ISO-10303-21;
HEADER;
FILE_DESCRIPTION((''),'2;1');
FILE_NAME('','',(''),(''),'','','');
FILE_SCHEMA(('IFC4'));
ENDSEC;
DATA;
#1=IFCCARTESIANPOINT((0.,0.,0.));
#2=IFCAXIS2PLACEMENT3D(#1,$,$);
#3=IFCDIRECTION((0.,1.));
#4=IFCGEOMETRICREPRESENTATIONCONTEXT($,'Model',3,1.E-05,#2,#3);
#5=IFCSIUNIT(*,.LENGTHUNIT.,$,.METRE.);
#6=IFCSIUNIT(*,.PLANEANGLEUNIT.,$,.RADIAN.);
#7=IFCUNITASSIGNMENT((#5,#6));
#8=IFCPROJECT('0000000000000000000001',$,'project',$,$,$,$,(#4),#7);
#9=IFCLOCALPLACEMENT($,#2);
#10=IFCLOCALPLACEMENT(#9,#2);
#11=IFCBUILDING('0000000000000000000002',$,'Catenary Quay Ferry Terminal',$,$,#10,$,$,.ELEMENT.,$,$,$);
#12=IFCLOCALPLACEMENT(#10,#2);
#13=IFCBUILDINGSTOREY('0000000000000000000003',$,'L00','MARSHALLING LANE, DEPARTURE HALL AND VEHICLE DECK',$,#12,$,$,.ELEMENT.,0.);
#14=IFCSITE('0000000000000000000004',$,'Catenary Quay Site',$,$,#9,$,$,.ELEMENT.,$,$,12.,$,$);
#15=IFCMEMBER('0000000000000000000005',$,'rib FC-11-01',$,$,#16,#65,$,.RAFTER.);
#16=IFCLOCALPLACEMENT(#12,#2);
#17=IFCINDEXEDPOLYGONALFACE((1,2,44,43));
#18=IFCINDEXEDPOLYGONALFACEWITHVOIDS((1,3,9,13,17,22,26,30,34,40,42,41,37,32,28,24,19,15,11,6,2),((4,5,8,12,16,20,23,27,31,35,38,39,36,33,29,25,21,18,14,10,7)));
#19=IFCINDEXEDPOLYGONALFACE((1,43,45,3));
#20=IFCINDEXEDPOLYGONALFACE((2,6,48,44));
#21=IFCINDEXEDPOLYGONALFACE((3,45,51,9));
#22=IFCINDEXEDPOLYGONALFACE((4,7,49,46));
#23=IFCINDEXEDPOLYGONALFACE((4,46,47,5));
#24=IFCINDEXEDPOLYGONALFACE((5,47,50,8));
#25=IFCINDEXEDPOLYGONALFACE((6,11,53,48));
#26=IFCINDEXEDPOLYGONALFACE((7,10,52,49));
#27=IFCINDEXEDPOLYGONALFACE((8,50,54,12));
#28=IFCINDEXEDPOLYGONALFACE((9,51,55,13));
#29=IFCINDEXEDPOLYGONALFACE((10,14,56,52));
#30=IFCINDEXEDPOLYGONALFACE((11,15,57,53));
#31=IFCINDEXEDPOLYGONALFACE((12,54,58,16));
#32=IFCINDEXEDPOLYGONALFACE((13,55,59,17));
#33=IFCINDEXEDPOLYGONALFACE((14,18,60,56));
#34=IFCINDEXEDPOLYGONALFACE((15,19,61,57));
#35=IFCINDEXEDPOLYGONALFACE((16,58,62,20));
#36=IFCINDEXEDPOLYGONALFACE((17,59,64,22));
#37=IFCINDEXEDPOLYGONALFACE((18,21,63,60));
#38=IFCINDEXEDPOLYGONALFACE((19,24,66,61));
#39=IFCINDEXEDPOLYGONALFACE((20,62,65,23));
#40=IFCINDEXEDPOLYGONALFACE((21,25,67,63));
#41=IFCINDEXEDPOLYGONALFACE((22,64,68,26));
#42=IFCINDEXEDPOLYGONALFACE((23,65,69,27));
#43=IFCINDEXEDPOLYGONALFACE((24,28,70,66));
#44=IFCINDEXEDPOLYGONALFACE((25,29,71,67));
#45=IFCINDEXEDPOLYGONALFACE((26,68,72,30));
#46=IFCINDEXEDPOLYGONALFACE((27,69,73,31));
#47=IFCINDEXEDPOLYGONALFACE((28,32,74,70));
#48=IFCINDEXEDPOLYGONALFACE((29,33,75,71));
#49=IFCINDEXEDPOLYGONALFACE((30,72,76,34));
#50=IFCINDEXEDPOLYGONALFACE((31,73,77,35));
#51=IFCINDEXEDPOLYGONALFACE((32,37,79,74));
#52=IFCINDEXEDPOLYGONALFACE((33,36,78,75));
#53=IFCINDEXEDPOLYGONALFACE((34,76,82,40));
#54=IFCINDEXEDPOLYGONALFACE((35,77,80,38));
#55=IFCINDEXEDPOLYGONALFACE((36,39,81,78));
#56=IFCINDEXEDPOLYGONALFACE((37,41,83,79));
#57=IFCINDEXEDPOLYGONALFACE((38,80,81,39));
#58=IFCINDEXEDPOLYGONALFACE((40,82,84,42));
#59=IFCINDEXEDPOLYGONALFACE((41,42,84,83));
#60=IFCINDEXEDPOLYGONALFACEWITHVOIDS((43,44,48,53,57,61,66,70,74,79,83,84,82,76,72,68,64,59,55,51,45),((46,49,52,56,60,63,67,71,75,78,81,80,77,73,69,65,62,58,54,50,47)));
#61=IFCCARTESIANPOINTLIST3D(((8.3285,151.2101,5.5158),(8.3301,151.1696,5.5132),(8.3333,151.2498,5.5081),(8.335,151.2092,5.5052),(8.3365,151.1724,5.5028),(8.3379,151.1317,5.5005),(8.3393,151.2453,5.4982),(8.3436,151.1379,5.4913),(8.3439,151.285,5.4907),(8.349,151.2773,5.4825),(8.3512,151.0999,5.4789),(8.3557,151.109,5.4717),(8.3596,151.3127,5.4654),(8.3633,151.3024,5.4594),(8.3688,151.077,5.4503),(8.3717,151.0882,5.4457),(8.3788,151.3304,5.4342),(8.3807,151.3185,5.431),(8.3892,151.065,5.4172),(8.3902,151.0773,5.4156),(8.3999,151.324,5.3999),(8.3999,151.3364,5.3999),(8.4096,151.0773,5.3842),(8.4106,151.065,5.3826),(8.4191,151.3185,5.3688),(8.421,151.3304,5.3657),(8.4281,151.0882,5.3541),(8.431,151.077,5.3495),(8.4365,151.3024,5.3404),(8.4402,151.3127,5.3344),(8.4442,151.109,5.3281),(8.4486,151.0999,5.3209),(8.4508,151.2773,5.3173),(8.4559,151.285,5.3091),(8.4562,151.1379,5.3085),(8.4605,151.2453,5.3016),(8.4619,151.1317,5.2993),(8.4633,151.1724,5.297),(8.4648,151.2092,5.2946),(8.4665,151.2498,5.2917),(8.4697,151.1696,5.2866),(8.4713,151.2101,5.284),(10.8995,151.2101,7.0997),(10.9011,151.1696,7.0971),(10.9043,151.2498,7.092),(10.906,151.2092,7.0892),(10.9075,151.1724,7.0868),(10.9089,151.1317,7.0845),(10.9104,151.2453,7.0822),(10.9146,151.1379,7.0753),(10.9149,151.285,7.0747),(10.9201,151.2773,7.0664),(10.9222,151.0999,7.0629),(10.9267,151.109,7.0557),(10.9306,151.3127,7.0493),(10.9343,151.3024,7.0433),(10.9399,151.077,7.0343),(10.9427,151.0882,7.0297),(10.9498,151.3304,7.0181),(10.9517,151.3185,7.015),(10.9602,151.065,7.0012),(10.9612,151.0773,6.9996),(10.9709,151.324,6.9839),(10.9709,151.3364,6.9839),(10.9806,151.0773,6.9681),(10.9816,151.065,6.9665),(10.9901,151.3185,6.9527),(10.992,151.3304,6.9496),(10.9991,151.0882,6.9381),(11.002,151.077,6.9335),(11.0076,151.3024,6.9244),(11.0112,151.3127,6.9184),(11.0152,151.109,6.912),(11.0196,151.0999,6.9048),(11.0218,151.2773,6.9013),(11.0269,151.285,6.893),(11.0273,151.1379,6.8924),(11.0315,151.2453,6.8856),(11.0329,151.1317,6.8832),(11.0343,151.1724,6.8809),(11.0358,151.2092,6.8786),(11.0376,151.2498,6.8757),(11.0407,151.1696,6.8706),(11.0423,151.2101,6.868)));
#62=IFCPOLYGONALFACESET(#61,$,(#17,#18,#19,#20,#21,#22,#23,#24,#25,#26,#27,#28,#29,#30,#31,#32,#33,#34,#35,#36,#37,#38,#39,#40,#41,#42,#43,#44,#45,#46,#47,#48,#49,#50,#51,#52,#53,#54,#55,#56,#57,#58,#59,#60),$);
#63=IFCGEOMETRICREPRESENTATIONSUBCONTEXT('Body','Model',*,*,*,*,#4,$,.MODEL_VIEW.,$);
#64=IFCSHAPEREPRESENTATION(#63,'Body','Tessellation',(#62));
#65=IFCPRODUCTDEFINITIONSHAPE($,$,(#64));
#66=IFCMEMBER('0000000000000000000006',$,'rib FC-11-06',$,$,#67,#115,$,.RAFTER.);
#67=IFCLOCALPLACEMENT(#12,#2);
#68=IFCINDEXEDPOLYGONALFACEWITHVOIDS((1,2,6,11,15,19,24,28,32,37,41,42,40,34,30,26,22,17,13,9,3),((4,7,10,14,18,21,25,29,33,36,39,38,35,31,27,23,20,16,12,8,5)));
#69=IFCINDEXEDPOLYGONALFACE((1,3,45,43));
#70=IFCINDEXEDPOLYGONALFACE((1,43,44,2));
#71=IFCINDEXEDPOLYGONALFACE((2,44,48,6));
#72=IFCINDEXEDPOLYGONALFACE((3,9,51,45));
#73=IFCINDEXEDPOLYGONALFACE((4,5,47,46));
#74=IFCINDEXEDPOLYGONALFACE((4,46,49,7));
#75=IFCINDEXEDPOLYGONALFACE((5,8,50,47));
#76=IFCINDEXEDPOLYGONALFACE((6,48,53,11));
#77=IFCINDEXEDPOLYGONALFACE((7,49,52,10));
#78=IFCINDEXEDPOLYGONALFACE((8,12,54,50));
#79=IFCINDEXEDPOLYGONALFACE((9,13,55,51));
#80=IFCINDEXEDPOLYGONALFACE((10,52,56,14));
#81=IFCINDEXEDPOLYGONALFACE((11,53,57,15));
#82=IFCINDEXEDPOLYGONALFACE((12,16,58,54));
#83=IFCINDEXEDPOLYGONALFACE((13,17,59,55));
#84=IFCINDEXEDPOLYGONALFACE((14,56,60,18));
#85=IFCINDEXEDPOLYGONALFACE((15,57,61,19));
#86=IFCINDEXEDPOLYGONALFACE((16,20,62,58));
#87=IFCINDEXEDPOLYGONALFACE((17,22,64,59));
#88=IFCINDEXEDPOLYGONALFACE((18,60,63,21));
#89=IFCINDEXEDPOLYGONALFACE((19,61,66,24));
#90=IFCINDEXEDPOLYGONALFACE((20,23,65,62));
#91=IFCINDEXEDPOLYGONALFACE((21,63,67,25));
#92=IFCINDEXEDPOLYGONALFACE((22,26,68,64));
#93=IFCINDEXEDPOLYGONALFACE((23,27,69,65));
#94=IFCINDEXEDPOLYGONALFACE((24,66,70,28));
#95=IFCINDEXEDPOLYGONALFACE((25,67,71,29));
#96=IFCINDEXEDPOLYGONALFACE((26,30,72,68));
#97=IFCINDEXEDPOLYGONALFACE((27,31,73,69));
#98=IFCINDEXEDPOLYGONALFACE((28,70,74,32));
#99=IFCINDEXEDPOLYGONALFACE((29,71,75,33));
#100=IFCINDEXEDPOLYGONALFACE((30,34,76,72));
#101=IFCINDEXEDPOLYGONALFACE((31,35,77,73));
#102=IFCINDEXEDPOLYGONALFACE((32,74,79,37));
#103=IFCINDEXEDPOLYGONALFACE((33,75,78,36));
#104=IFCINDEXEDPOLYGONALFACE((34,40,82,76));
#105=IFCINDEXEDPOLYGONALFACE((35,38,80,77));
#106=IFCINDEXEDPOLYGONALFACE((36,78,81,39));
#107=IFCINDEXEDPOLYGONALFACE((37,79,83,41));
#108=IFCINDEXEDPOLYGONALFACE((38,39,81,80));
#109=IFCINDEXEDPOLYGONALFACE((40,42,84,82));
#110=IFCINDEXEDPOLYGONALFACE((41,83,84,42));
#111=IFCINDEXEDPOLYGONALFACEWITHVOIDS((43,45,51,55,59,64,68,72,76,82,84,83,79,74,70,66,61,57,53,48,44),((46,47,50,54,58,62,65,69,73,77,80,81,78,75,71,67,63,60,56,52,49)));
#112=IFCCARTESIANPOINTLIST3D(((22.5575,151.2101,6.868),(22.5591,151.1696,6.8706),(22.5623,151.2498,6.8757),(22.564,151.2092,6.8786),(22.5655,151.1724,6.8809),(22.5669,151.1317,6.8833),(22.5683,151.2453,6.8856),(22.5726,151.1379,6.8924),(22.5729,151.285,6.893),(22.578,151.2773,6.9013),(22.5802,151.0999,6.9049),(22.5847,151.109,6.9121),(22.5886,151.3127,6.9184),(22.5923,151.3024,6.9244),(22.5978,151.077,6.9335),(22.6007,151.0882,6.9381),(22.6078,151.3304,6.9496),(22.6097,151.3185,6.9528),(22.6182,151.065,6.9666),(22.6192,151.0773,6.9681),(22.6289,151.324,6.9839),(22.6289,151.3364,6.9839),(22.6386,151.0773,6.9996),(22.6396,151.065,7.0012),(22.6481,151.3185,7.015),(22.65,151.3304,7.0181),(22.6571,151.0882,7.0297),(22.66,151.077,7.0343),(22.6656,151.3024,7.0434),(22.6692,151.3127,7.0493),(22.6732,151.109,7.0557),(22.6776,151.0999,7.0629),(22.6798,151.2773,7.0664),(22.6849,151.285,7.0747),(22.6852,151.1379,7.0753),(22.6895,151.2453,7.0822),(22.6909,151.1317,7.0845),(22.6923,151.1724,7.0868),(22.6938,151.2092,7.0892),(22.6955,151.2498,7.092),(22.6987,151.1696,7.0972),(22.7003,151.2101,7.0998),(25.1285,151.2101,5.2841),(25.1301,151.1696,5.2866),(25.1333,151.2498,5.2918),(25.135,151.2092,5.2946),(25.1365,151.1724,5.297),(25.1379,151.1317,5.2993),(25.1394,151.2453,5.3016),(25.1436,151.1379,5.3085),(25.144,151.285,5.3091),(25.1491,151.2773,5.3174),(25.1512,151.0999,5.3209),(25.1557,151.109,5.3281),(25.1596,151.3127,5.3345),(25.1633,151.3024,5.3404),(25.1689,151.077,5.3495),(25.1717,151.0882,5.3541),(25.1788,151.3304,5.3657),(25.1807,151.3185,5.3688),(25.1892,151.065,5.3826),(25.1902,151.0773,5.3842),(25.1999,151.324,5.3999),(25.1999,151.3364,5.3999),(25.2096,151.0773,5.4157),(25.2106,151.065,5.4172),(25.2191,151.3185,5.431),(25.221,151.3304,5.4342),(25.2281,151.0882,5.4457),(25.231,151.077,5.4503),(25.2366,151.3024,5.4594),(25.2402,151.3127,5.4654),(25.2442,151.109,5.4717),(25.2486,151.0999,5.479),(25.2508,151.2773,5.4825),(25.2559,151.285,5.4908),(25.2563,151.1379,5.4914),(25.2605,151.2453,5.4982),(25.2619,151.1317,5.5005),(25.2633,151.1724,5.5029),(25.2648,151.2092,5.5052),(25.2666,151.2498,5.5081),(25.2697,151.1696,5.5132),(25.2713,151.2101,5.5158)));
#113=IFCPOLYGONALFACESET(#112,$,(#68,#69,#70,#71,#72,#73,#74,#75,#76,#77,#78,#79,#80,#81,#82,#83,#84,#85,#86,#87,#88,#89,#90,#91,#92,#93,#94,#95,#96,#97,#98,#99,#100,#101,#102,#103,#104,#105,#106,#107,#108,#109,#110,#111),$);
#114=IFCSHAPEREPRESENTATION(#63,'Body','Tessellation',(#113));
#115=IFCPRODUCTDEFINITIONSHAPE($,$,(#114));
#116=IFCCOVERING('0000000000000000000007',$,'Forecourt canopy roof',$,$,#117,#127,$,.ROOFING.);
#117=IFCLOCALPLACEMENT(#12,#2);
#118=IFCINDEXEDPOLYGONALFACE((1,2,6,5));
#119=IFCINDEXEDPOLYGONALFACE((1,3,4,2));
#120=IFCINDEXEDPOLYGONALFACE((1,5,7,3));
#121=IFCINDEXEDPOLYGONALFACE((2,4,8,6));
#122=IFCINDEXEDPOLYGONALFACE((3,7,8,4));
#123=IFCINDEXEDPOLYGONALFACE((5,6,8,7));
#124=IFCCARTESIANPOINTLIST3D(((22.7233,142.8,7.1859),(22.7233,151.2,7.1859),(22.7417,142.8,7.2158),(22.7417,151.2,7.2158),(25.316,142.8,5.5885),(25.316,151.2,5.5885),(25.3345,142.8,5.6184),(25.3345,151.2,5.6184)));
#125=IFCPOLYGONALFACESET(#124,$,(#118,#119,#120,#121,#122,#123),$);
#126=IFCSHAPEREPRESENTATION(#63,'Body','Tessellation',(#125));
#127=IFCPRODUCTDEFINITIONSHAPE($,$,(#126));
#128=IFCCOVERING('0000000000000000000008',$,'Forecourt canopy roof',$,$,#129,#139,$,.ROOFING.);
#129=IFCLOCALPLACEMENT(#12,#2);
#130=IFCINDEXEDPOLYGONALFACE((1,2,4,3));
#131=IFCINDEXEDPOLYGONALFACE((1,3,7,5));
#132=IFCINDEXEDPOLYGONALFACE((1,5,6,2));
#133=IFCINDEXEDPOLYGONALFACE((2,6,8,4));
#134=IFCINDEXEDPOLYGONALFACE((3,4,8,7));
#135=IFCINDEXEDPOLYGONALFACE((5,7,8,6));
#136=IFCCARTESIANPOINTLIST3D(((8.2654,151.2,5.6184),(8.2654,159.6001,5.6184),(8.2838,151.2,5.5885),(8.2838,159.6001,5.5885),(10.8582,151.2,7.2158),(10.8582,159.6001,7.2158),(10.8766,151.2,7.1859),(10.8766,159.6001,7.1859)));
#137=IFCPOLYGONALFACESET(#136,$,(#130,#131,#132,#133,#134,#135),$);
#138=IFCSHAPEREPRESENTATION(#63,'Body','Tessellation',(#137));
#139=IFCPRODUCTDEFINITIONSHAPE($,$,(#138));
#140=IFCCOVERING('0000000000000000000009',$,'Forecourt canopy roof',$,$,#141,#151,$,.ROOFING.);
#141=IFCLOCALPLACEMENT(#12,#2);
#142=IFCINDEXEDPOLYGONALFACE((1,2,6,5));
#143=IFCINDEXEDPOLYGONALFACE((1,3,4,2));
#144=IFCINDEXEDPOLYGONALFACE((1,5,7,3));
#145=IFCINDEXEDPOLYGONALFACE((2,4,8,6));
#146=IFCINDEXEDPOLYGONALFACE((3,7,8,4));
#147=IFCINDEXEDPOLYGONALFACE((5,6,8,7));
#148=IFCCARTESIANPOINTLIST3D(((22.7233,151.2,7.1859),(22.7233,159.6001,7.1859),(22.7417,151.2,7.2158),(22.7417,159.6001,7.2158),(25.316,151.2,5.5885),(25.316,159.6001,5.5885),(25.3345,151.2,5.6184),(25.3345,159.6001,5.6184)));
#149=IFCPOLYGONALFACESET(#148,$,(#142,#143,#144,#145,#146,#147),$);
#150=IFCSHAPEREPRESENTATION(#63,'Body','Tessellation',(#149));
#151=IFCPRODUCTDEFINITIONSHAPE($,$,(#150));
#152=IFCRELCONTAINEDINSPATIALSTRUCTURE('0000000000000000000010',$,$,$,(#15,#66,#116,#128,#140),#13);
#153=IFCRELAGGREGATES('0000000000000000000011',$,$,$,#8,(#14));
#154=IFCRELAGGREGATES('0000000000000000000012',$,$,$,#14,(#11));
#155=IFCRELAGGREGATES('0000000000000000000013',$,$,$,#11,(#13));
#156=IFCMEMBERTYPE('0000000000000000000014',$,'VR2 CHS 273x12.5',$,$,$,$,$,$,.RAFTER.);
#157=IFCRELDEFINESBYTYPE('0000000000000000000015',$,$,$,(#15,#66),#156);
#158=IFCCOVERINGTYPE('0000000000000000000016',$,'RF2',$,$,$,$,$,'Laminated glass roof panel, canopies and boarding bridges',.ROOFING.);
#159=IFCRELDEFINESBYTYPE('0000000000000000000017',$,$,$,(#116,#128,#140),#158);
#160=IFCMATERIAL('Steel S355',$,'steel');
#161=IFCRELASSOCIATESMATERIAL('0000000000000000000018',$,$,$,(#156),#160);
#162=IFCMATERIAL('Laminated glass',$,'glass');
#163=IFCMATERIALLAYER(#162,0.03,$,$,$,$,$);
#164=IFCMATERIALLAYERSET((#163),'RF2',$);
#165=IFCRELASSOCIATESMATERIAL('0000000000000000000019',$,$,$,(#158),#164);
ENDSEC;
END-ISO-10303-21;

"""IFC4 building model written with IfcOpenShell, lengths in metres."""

from ifc_helpers import new_model, si_unit, direction, frame, origin, origin_2d, place, context, subcontext, project, spatial, polyline, hollow_circle, outline, extrude, material, layer, layer_set, material_profile, profile_set, type_object, element, save


model = new_model("IFC4")

# Units and contexts
model_context = context("Model", 3, precision=1e-05, world=origin(), true_north=direction((0.0, 1.0)))
body_context = subcontext(model_context, "Body", "Model", "MODEL_VIEW")
ifc_project = project(units=[si_unit("LENGTHUNIT", "METRE"), si_unit("PLANEANGLEUNIT", "RADIAN")], contexts=[model_context])

# Site, building, storey
site_placement = place(None, origin())
site = spatial("IfcSite", under=ifc_project, at=site_placement, Name="Catenary Quay Site", CompositionType="ELEMENT", RefElevation=12.0)
building_placement = place(site_placement, origin())
building = spatial("IfcBuilding", under=site, at=building_placement, Name="Catenary Quay Ferry Terminal", CompositionType="ELEMENT")
storey_placement = place(building_placement, origin())
storey = spatial("IfcBuildingStorey", under=building, at=storey_placement, Name="L00", Description="MARSHALLING LANE, DEPARTURE HALL AND VEHICLE DECK", CompositionType="ELEMENT", Elevation=0.0)

# Members
ifc_material_1 = material(Name="Steel S355", Category="steel")
ifc_material_profile_1 = material_profile(ifc_material_1, hollow_circle(Radius=0.1365, WallThickness=0.0125, at=origin_2d()), Name="CHS 273x12.5")
ifc_profile_set_1 = profile_set([ifc_material_profile_1], Name="Steel S355")
member_type_1 = type_object("IfcMemberType", Name="VR2 CHS 273x12.5", PredefinedType="RAFTER", material=ifc_profile_set_1)
for number, where, z_axis, x_axis, name in (
    (1, (8.3999, 151.2, 5.3999), (0.851392, 0.0, 0.52453), (0.0, 1.0, 0.0), "rib FC-11-01"),
    (2, (22.6289, 151.2, 6.9839), (0.851392, 0.0, -0.52453), (0.0, 1.0, 0.0), "rib FC-11-06"),
):
    element("IfcMember", number, at=place(storey_placement, frame(where, z_axis=z_axis, x_axis=x_axis)), inside=storey, type_object=member_type_1, Name=name, PredefinedType="RAFTER", context=body_context, shape_type="SweptSolid", body=[
        extrude(hollow_circle(Radius=0.1365, WallThickness=0.0125, at=origin_2d()), origin(), (0.0, 0.0, 1.0), 3.0198),
    ])

# Coverings
ifc_material_2 = material(Name="Laminated glass", Category="glass")
ifc_layer = layer(ifc_material_2, 0.03)
ifc_layer_set = layer_set([ifc_layer], Name="RF2")
covering_type = type_object("IfcCoveringType", Name="RF2", ElementType="Laminated glass roof panel, canopies and boarding bridges", PredefinedType="ROOFING", material=ifc_layer_set)
covering_placement = place(storey_placement, frame((22.7417, 142.8, 7.2158), z_axis=(0.52454, 0.0, 0.851386), x_axis=(0.0, 1.0, 0.0)))
element("IfcCovering", 3, at=covering_placement, inside=storey, type_object=covering_type, Name="Forecourt canopy roof", PredefinedType="ROOFING", context=body_context, shape_type="SweptSolid", body=[
    extrude(outline(polyline([(0.0, 0.0), (8.3999, 0.0), (8.3999, -3.0454), (0.0, -3.0454), (0.0, 0.0)])), origin(), (0.0, 0.0, -1.0), 0.0352),
])
for number, where, z_axis, x_axis, name in (
    (4, (8.2654, 151.2, 5.6184), (-0.52454, 0.0, 0.851386), (0.0, 1.0, 0.0), "Forecourt canopy roof"),
    (5, (22.7417, 151.2, 7.2158), (0.52454, 0.0, 0.851386), (0.0, 1.0, 0.0), "Forecourt canopy roof"),
):
    element("IfcCovering", number, at=place(storey_placement, frame(where, z_axis=z_axis, x_axis=x_axis)), inside=storey, type_object=covering_type, Name=name, PredefinedType="ROOFING", context=body_context, shape_type="SweptSolid", body=[
        extrude(outline(polyline([(0.0, 0.0), (8.4001, 0.0), (8.4001, -3.0454), (0.0, -3.0454), (0.0, 0.0)])), origin(), (0.0, 0.0, -1.0), 0.0352),
    ])

save(model, "model.ifc")
